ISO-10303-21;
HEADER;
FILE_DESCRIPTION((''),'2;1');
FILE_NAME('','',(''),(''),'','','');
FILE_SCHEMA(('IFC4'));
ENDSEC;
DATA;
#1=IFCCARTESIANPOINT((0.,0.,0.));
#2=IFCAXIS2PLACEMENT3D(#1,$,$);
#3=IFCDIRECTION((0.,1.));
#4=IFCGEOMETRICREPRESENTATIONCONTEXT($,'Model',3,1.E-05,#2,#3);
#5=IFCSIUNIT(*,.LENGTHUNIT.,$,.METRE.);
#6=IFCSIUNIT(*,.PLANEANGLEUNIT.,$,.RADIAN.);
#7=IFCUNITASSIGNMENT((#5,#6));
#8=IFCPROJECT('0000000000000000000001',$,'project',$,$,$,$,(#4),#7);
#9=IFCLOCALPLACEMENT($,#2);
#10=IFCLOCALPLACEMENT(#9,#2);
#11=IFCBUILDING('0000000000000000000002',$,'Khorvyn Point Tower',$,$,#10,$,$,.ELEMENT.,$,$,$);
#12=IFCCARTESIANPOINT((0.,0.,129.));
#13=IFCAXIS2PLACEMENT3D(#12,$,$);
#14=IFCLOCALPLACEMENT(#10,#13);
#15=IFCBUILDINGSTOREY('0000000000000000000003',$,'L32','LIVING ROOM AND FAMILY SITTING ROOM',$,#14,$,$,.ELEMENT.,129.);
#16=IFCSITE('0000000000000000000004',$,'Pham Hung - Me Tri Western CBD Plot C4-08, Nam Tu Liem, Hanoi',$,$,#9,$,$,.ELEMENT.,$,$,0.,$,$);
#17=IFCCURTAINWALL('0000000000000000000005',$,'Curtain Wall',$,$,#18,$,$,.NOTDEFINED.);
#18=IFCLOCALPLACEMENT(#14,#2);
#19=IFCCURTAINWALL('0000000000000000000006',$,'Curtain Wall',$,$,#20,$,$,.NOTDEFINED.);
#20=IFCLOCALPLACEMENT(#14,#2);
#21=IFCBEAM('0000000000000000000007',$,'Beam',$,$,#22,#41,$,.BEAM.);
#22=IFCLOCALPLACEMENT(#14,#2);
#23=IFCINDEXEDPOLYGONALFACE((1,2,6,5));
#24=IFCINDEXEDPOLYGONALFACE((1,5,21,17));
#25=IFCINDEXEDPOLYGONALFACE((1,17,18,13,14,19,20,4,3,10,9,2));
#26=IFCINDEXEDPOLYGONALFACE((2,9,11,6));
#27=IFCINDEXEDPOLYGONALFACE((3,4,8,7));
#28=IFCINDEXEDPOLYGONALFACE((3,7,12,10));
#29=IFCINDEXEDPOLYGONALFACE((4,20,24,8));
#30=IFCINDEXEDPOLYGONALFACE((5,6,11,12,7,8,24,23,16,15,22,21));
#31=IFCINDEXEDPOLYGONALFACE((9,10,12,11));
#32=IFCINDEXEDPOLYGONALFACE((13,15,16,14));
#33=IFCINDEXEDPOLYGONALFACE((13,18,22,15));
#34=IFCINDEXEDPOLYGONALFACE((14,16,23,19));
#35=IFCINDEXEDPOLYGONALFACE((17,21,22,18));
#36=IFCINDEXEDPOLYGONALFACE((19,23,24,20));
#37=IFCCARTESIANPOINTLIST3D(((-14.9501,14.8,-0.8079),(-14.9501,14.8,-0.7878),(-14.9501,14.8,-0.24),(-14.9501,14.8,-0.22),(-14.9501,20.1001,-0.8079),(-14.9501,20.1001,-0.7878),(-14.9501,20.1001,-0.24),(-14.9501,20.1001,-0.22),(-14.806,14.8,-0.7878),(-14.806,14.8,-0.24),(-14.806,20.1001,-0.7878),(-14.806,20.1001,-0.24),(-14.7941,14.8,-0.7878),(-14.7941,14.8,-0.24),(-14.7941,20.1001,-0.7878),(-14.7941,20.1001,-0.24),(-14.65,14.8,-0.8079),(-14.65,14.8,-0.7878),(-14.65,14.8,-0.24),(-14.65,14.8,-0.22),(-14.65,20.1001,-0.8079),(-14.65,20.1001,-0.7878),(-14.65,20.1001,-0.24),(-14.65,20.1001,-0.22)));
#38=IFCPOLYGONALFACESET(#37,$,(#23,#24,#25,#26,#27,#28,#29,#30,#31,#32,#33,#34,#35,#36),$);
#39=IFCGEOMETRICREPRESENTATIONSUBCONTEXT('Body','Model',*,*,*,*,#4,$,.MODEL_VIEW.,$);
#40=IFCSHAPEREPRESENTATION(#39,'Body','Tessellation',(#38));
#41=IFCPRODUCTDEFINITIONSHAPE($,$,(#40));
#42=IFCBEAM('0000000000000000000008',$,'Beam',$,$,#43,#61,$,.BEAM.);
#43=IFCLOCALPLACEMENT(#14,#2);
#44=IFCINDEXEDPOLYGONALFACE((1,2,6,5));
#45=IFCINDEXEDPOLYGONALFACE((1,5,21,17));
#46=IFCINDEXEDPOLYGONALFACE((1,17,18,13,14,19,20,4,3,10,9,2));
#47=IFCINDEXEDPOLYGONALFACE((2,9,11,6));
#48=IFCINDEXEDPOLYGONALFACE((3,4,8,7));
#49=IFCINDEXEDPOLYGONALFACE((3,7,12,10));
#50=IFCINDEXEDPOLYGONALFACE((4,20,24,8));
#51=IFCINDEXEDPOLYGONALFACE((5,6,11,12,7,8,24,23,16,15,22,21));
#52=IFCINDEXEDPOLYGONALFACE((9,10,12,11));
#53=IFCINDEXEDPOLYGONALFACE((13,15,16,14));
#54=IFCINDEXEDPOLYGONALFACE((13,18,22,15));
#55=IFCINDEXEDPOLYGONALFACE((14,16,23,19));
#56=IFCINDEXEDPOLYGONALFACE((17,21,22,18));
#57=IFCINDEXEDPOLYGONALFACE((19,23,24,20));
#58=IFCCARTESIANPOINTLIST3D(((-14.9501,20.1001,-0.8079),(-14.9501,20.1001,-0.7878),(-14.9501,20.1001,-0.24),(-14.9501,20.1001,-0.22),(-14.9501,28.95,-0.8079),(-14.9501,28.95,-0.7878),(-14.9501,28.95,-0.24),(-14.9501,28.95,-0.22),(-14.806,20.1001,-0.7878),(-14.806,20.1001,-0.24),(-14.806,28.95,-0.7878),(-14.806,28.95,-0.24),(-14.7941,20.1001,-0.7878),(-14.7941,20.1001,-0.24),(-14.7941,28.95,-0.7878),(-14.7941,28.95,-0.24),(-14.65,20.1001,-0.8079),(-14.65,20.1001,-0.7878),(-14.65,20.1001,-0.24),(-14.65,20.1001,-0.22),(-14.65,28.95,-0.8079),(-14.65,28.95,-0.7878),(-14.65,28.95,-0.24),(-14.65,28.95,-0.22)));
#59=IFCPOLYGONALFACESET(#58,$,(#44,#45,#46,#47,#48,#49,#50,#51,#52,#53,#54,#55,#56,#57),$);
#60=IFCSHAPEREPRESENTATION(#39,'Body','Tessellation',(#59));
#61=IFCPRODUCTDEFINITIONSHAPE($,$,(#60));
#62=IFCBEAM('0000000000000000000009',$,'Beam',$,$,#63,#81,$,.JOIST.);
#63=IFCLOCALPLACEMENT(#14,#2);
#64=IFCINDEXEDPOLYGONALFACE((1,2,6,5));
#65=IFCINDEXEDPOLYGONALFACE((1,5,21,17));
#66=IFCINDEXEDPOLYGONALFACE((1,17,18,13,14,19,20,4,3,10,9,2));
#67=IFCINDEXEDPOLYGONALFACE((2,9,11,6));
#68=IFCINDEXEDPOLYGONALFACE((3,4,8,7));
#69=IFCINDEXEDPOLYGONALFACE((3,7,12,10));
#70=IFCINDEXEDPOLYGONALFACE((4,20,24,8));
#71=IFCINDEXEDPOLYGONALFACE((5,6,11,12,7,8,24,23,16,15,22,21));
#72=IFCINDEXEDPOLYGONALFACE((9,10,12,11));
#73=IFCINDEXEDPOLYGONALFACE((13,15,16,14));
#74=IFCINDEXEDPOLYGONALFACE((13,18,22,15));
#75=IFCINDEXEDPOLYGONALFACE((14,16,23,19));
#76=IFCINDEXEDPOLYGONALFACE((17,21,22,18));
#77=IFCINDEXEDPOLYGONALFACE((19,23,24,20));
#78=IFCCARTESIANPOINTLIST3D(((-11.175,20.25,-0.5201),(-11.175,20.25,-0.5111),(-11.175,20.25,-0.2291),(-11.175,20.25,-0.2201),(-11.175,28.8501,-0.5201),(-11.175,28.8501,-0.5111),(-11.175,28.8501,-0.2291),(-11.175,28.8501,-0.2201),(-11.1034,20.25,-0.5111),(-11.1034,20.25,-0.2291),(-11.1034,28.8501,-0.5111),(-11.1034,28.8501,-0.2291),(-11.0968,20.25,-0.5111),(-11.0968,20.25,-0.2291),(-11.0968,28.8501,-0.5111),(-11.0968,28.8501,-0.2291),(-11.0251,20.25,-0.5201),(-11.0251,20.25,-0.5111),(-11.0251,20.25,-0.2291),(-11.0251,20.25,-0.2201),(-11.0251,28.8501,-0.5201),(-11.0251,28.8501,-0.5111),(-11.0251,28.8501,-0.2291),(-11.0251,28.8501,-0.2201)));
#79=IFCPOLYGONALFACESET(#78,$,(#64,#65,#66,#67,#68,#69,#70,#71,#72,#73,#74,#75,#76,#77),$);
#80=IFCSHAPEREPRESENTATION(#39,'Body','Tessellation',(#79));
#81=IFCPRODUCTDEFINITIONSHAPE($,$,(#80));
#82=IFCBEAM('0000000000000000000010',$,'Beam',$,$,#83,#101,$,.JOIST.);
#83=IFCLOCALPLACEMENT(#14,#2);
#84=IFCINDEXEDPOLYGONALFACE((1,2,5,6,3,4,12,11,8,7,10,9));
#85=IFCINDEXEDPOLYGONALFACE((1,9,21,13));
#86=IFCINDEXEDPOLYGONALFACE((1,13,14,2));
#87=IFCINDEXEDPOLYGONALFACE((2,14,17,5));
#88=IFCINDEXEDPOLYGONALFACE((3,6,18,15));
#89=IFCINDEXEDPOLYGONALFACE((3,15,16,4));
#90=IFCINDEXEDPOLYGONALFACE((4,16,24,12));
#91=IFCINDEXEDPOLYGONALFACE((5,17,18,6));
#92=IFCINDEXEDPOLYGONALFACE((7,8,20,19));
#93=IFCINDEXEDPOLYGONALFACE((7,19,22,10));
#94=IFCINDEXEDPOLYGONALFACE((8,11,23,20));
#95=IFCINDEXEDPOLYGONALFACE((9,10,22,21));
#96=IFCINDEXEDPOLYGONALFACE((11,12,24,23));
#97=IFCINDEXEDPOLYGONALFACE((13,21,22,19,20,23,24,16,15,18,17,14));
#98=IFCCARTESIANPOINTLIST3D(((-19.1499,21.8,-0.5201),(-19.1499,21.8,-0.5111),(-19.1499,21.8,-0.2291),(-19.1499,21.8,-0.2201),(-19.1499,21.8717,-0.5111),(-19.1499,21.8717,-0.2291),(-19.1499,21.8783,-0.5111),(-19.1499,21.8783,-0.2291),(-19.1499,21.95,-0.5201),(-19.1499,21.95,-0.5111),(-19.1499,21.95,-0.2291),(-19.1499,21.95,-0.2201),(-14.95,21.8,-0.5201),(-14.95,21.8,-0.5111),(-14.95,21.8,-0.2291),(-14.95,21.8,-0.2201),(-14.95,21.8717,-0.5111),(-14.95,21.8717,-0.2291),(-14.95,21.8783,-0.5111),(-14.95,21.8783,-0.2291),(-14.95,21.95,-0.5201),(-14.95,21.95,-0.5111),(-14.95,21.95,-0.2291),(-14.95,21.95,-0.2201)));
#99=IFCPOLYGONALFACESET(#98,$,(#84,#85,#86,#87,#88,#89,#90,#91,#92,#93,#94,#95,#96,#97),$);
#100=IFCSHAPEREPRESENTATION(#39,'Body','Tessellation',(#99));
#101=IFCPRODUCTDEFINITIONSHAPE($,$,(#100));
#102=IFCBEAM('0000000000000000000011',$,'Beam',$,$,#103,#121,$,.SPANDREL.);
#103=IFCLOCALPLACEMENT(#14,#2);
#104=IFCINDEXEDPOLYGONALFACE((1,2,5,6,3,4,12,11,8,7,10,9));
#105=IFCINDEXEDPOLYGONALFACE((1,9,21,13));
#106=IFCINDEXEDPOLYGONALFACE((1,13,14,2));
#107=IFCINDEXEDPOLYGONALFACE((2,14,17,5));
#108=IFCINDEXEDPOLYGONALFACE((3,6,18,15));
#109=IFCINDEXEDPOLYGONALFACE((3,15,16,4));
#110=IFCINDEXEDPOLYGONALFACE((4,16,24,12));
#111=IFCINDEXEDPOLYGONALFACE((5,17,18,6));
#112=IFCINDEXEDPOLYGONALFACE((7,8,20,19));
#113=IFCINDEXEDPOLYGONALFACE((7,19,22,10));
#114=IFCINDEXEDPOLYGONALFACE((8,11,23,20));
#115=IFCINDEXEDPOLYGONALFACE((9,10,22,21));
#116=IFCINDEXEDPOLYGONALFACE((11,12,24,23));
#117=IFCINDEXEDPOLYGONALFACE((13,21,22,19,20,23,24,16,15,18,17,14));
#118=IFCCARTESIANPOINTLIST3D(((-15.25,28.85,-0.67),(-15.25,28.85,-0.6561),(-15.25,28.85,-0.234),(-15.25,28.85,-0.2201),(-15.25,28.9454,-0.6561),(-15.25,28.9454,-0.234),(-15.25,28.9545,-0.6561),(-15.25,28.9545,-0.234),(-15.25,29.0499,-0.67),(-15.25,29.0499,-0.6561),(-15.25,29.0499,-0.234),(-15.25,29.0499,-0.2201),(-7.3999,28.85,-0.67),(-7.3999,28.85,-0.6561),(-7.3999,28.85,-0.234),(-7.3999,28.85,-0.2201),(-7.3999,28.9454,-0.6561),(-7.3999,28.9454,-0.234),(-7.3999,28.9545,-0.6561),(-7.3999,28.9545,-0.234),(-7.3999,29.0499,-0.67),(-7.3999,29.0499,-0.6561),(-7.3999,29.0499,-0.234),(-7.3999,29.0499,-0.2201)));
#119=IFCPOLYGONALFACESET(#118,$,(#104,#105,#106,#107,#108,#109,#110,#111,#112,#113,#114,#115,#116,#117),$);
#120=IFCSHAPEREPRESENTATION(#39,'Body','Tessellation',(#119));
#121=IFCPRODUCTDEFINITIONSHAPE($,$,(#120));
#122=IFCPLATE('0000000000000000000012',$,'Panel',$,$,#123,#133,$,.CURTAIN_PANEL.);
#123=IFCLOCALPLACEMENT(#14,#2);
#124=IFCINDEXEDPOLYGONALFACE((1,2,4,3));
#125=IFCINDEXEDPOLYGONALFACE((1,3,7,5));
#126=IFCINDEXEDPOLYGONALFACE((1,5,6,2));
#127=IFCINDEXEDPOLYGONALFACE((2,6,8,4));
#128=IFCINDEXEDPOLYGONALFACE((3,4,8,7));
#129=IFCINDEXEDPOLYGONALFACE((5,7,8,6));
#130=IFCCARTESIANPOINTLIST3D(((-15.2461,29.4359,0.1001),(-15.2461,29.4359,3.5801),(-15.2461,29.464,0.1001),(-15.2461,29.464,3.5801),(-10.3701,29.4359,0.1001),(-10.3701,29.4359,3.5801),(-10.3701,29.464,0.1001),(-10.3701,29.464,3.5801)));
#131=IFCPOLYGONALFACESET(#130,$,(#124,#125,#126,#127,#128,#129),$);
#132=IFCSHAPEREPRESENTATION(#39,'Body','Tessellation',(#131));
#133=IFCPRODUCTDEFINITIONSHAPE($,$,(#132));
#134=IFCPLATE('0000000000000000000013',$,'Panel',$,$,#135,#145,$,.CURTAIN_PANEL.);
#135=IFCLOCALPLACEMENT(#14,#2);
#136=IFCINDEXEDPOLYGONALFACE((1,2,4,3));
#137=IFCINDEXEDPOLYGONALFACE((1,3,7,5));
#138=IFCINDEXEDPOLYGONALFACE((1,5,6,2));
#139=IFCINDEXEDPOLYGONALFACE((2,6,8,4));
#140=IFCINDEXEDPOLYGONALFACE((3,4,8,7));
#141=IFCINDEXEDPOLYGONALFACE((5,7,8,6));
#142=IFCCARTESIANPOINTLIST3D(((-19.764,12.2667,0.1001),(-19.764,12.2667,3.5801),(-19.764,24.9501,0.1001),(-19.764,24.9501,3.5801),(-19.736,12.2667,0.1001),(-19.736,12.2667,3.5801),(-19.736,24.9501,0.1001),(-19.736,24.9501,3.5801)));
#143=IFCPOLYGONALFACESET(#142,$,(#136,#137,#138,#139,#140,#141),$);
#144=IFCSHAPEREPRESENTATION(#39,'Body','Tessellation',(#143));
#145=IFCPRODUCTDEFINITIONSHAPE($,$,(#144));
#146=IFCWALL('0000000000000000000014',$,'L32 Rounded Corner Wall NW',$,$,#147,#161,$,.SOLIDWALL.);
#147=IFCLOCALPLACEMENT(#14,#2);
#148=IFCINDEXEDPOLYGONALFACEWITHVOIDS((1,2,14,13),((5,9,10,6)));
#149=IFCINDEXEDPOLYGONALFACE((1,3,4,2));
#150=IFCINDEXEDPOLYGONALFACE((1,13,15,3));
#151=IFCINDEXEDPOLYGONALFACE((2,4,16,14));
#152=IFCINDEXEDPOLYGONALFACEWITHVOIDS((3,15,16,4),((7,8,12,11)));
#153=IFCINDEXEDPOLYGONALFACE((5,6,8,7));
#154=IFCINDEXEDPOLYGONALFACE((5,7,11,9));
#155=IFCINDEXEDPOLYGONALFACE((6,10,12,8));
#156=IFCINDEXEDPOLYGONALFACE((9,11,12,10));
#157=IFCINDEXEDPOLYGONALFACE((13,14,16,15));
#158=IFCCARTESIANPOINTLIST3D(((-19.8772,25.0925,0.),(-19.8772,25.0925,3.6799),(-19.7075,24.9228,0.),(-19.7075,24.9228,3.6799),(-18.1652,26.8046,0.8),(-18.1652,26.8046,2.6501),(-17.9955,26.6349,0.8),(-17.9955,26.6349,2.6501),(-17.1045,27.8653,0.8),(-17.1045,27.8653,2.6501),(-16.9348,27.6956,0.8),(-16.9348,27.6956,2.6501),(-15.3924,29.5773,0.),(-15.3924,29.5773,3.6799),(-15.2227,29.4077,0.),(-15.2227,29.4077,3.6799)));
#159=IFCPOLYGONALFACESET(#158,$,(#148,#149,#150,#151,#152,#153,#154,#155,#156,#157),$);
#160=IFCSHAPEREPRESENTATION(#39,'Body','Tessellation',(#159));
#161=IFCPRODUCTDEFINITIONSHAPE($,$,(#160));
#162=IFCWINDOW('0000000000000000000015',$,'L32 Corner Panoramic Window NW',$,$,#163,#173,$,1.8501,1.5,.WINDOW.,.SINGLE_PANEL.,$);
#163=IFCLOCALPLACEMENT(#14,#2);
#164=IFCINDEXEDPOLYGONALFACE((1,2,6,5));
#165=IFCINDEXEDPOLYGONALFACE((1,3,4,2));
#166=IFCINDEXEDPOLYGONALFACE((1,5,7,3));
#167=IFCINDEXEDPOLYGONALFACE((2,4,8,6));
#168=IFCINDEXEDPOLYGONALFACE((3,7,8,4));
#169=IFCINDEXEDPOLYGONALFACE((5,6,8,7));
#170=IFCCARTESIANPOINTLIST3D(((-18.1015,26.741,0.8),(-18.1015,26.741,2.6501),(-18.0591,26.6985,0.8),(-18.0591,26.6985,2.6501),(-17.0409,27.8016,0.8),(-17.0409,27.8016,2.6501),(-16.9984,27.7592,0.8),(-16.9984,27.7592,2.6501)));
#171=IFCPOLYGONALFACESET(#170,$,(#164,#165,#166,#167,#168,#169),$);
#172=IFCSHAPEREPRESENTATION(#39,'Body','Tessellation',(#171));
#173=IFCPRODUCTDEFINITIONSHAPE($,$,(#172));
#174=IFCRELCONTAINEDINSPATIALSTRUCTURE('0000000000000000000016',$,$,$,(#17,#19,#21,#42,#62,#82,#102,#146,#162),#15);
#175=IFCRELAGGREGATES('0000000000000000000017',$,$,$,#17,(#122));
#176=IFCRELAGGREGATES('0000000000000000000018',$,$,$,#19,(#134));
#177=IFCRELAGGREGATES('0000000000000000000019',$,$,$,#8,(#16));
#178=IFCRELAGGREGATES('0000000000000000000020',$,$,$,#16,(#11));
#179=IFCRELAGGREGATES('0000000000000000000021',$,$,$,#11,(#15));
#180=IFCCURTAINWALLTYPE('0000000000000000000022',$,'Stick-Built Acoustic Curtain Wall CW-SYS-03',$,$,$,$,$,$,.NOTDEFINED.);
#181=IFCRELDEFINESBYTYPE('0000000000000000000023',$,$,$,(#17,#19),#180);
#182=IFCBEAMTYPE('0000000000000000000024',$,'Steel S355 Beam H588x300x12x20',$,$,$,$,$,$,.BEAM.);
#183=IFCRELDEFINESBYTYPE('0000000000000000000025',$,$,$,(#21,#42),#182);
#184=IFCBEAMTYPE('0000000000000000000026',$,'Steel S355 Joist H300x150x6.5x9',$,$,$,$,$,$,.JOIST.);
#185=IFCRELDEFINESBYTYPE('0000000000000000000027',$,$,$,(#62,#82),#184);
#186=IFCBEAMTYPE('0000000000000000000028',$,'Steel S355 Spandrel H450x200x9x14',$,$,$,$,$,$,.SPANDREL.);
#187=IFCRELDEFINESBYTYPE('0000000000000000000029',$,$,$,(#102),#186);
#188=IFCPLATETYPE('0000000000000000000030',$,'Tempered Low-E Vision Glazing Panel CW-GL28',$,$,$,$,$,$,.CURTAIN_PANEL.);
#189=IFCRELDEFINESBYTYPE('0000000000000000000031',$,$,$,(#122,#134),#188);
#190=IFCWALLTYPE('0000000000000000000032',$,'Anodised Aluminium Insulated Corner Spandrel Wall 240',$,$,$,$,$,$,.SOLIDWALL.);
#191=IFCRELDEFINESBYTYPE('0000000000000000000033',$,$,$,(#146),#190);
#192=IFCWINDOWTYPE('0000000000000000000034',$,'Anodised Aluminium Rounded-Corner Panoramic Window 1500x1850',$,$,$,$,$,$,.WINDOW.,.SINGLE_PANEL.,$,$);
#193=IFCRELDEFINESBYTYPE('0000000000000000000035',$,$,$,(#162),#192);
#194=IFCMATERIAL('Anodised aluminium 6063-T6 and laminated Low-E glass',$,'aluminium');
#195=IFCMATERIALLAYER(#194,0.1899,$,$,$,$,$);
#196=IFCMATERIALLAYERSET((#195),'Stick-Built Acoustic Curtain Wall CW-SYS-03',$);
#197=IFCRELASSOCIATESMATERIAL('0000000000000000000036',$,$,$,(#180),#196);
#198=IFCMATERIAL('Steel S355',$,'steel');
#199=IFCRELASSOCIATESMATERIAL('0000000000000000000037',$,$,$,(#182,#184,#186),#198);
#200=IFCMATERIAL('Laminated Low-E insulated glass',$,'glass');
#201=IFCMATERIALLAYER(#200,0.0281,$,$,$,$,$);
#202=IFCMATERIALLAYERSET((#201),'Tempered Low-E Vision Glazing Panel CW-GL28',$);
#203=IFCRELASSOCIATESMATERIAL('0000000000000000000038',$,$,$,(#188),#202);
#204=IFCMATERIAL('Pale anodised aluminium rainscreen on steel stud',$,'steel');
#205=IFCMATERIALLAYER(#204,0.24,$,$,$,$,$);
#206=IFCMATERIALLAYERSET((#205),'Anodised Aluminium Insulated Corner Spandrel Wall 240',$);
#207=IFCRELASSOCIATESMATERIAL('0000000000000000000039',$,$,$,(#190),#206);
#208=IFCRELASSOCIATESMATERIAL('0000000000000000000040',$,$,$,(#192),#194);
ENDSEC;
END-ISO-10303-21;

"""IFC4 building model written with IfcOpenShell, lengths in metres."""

from ifc_helpers import new_model, si_unit, direction, frame, frame_2d, origin, origin_2d, place, context, subcontext, project, spatial, rectangle, i_section, extrude, material, layer, layer_set, material_profile, profile_set, type_object, element, fill, aggregate, save


model = new_model("IFC4")

# Units and contexts
model_context = context("Model", 3, precision=1e-05, world=origin(), true_north=direction((0.0, 1.0)))
body_context = subcontext(model_context, "Body", "Model", "MODEL_VIEW")
ifc_project = project(units=[si_unit("LENGTHUNIT", "METRE"), si_unit("PLANEANGLEUNIT", "RADIAN")], contexts=[model_context])

# Site, building, storey
site_placement = place(None, origin())
site = spatial("IfcSite", under=ifc_project, at=site_placement, Name="Pham Hung - Me Tri Western CBD Plot C4-08, Nam Tu Liem, Hanoi", CompositionType="ELEMENT", RefElevation=0.0)
building_placement = place(site_placement, origin())
building = spatial("IfcBuilding", under=site, at=building_placement, Name="Khorvyn Point Tower", CompositionType="ELEMENT")
storey_placement = place(building_placement, frame((0.0, 0.0, 129.0)))
storey = spatial("IfcBuildingStorey", under=building, at=storey_placement, Name="L32", Description="LIVING ROOM AND FAMILY SITTING ROOM", CompositionType="ELEMENT", Elevation=129.0)

# Curtain walls
ifc_material_1 = material(Name="Anodised aluminium 6063-T6 and laminated Low-E glass", Category="aluminium")
ifc_layer_1 = layer(ifc_material_1, 0.1899)
ifc_layer_set_1 = layer_set([ifc_layer_1], Name="Stick-Built Acoustic Curtain Wall CW-SYS-03")
curtain_wall_type = type_object("IfcCurtainWallType", Name="Stick-Built Acoustic Curtain Wall CW-SYS-03", PredefinedType="NOTDEFINED", material=ifc_layer_set_1)
curtain_wall_1_placement = place(storey_placement, origin())
curtain_wall_1 = element("IfcCurtainWall", 1, at=curtain_wall_1_placement, inside=storey, type_object=curtain_wall_type, Name="Curtain Wall", PredefinedType="NOTDEFINED")
curtain_wall_2_placement = place(storey_placement, origin())
curtain_wall_2 = element("IfcCurtainWall", 2, at=curtain_wall_2_placement, inside=storey, type_object=curtain_wall_type, Name="Curtain Wall", PredefinedType="NOTDEFINED")

# Beams
ifc_material_2 = material(Name="Steel S355", Category="steel")
ifc_material_profile_1 = material_profile(ifc_material_2, i_section(OverallWidth=0.3, OverallDepth=0.5879, WebThickness=0.012, FlangeThickness=0.02, at=origin_2d()))
ifc_profile_set_1 = profile_set([ifc_material_profile_1], Name="Steel S355 H588x300x12x20")
beam_type_1 = type_object("IfcBeamType", Name="Steel S355 Beam H588x300x12x20", PredefinedType="BEAM", material=ifc_profile_set_1)
beam_1_placement = place(storey_placement, frame((-14.8, 14.8, -0.5139), z_axis=(0.0, 1.0, 0.0), x_axis=(-1.0, 0.0, 0.0)))
element("IfcBeam", 3, at=beam_1_placement, inside=storey, type_object=beam_type_1, Name="Beam", PredefinedType="BEAM", context=body_context, shape_type="SweptSolid", body=[
    extrude(i_section(OverallWidth=0.3, OverallDepth=0.5879, WebThickness=0.012, FlangeThickness=0.02, at=origin_2d()), origin(), (0.0, 0.0, 1.0), 5.3),
])
beam_2_placement = place(storey_placement, frame((-14.8, 20.1001, -0.5139), z_axis=(0.0, 1.0, 0.0), x_axis=(-1.0, 0.0, 0.0)))
element("IfcBeam", 4, at=beam_2_placement, inside=storey, type_object=beam_type_1, Name="Beam", PredefinedType="BEAM", context=body_context, shape_type="SweptSolid", body=[
    extrude(i_section(OverallWidth=0.3, OverallDepth=0.5879, WebThickness=0.012, FlangeThickness=0.02, at=origin_2d()), origin(), (0.0, 0.0, 1.0), 8.8499),
])
ifc_material_profile_2 = material_profile(ifc_material_2, i_section(OverallWidth=0.1499, OverallDepth=0.3, WebThickness=0.0066, FlangeThickness=0.009, at=origin_2d()))
ifc_profile_set_2 = profile_set([ifc_material_profile_2], Name="Steel S355 H300x150x6.5x9")
beam_type_2 = type_object("IfcBeamType", Name="Steel S355 Joist H300x150x6.5x9", PredefinedType="JOIST", material=ifc_profile_set_2)
beam_3_placement = place(storey_placement, frame((-11.1001, 20.25, -0.3701), z_axis=(0.0, 1.0, 0.0), x_axis=(-1.0, 0.0, 0.0)))
element("IfcBeam", 5, at=beam_3_placement, inside=storey, type_object=beam_type_2, Name="Beam", PredefinedType="JOIST", context=body_context, shape_type="SweptSolid", body=[
    extrude(i_section(OverallWidth=0.1499, OverallDepth=0.3, WebThickness=0.0066, FlangeThickness=0.009, at=origin_2d()), origin(), (0.0, 0.0, 1.0), 8.6001),
])
beam_4_placement = place(storey_placement, frame((-19.1499, 21.875, -0.3701), z_axis=(1.0, 0.0, 0.0), x_axis=(0.0, 1.0, 0.0)))
element("IfcBeam", 6, at=beam_4_placement, inside=storey, type_object=beam_type_2, Name="Beam", PredefinedType="JOIST", context=body_context, shape_type="SweptSolid", body=[
    extrude(i_section(OverallWidth=0.1499, OverallDepth=0.3, WebThickness=0.0066, FlangeThickness=0.009, at=origin_2d()), origin(), (0.0, 0.0, 1.0), 4.2),
])
ifc_material_profile_3 = material_profile(ifc_material_2, i_section(OverallWidth=0.2, OverallDepth=0.45, WebThickness=0.009, FlangeThickness=0.0139, at=origin_2d()))
ifc_profile_set_3 = profile_set([ifc_material_profile_3], Name="Steel S355 H450x200x9x14")
beam_type_3 = type_object("IfcBeamType", Name="Steel S355 Spandrel H450x200x9x14", PredefinedType="SPANDREL", material=ifc_profile_set_3)
beam_5_placement = place(storey_placement, frame((-15.25, 28.95, -0.4451), z_axis=(1.0, 0.0, 0.0), x_axis=(0.0, 1.0, 0.0)))
element("IfcBeam", 7, at=beam_5_placement, inside=storey, type_object=beam_type_3, Name="Beam", PredefinedType="SPANDREL", context=body_context, shape_type="SweptSolid", body=[
    extrude(i_section(OverallWidth=0.2, OverallDepth=0.45, WebThickness=0.009, FlangeThickness=0.0139, at=origin_2d()), origin(), (0.0, 0.0, 1.0), 7.8501),
])

# Plates
ifc_material_3 = material(Name="Laminated Low-E insulated glass", Category="glass")
ifc_layer_2 = layer(ifc_material_3, 0.0281)
ifc_layer_set_2 = layer_set([ifc_layer_2], Name="Tempered Low-E Vision Glazing Panel CW-GL28")
plate_type = type_object("IfcPlateType", Name="Tempered Low-E Vision Glazing Panel CW-GL28", PredefinedType="CURTAIN_PANEL", material=ifc_layer_set_2)
plate_1_placement = place(storey_placement, frame((-12.8081, 29.45, 0.1001), z_axis=(0.0, 0.0, 1.0), x_axis=(1.0, 0.0, 0.0)))
plate_1 = element("IfcPlate", 8, at=plate_1_placement, type_object=plate_type, Name="Panel", PredefinedType="CURTAIN_PANEL", context=body_context, shape_type="SweptSolid", body=[
    extrude(rectangle(XDim=4.876, YDim=0.0281, at=origin_2d()), origin(), (0.0, 0.0, 1.0), 3.48),
])
aggregate(curtain_wall_1, [plate_1])
plate_2_placement = place(storey_placement, frame((-19.75, 18.6084, 0.1001), z_axis=(0.0, 0.0, 1.0), x_axis=(0.0, 1.0, 0.0)))
plate_2 = element("IfcPlate", 9, at=plate_2_placement, type_object=plate_type, Name="Panel", PredefinedType="CURTAIN_PANEL", context=body_context, shape_type="SweptSolid", body=[
    extrude(rectangle(XDim=12.6833, YDim=0.0281, at=origin_2d()), origin(), (0.0, 0.0, 1.0), 3.48),
])
aggregate(curtain_wall_2, [plate_2])

# Wall, opening, window
ifc_material_4 = material(Name="Pale anodised aluminium rainscreen on steel stud", Category="steel")
ifc_layer_3 = layer(ifc_material_4, 0.24)
ifc_layer_set_3 = layer_set([ifc_layer_3], Name="Anodised Aluminium Insulated Corner Spandrel Wall 240")
wall_type_1 = type_object("IfcWallType", Name="Anodised Aluminium Insulated Corner Spandrel Wall 240", PredefinedType="SOLIDWALL", material=ifc_layer_set_3)
wall_1_placement = place(storey_placement, frame((-19.7925, 25.0076, 0.0), z_axis=(0.0, 0.0, 1.0), x_axis=(0.707107, 0.707107, 0.0)))
wall_1 = element("IfcWall", 10, at=wall_1_placement, inside=storey, type_object=wall_type_1, Name="L32 Rounded Corner Wall NW", PredefinedType="SOLIDWALL", context=body_context, shape_type="SweptSolid", body=[
    extrude(rectangle(XDim=6.3425, YDim=0.24, at=frame_2d((3.1714, 0.0))), origin(), (0.0, 0.0, 1.0), 3.6799),
])
opening_1_placement = place(wall_1_placement, frame((2.4214, 0.0, 0.8)))
opening_1 = element("IfcOpeningElement", 11, at=opening_1_placement, cuts=wall_1, PredefinedType="OPENING", context=body_context, shape_type="SweptSolid", body=[
    extrude(rectangle(XDim=1.5, YDim=1.8501, at=frame_2d((0.75, 0.925))), frame((0.0, 0.1299, 0.0), z_axis=(0.0, -1.0, 0.0), x_axis=(1.0, 0.0, 0.0)), (0.0, 0.0, 1.0), 0.26),
])
window_type = type_object("IfcWindowType", Name="Anodised Aluminium Rounded-Corner Panoramic Window 1500x1850", PartitioningType="SINGLE_PANEL", PredefinedType="WINDOW", material=ifc_material_1)
window_placement = place(opening_1_placement, origin())
window = element("IfcWindow", 12, at=window_placement, inside=storey, type_object=window_type, Name="L32 Corner Panoramic Window NW", OverallHeight=1.8501, OverallWidth=1.5, PartitioningType="SINGLE_PANEL", PredefinedType="WINDOW", context=body_context, shape_type="SweptSolid", body=[
    extrude(rectangle(XDim=1.5, YDim=1.8501, at=frame_2d((0.75, 0.925))), frame((0.0, 0.03, 0.0), z_axis=(0.0, -1.0, 0.0), x_axis=(1.0, 0.0, 0.0)), (0.0, 0.0, 1.0), 0.0601),
])
fill(opening_1, window)

save(model, "model.ifc")
